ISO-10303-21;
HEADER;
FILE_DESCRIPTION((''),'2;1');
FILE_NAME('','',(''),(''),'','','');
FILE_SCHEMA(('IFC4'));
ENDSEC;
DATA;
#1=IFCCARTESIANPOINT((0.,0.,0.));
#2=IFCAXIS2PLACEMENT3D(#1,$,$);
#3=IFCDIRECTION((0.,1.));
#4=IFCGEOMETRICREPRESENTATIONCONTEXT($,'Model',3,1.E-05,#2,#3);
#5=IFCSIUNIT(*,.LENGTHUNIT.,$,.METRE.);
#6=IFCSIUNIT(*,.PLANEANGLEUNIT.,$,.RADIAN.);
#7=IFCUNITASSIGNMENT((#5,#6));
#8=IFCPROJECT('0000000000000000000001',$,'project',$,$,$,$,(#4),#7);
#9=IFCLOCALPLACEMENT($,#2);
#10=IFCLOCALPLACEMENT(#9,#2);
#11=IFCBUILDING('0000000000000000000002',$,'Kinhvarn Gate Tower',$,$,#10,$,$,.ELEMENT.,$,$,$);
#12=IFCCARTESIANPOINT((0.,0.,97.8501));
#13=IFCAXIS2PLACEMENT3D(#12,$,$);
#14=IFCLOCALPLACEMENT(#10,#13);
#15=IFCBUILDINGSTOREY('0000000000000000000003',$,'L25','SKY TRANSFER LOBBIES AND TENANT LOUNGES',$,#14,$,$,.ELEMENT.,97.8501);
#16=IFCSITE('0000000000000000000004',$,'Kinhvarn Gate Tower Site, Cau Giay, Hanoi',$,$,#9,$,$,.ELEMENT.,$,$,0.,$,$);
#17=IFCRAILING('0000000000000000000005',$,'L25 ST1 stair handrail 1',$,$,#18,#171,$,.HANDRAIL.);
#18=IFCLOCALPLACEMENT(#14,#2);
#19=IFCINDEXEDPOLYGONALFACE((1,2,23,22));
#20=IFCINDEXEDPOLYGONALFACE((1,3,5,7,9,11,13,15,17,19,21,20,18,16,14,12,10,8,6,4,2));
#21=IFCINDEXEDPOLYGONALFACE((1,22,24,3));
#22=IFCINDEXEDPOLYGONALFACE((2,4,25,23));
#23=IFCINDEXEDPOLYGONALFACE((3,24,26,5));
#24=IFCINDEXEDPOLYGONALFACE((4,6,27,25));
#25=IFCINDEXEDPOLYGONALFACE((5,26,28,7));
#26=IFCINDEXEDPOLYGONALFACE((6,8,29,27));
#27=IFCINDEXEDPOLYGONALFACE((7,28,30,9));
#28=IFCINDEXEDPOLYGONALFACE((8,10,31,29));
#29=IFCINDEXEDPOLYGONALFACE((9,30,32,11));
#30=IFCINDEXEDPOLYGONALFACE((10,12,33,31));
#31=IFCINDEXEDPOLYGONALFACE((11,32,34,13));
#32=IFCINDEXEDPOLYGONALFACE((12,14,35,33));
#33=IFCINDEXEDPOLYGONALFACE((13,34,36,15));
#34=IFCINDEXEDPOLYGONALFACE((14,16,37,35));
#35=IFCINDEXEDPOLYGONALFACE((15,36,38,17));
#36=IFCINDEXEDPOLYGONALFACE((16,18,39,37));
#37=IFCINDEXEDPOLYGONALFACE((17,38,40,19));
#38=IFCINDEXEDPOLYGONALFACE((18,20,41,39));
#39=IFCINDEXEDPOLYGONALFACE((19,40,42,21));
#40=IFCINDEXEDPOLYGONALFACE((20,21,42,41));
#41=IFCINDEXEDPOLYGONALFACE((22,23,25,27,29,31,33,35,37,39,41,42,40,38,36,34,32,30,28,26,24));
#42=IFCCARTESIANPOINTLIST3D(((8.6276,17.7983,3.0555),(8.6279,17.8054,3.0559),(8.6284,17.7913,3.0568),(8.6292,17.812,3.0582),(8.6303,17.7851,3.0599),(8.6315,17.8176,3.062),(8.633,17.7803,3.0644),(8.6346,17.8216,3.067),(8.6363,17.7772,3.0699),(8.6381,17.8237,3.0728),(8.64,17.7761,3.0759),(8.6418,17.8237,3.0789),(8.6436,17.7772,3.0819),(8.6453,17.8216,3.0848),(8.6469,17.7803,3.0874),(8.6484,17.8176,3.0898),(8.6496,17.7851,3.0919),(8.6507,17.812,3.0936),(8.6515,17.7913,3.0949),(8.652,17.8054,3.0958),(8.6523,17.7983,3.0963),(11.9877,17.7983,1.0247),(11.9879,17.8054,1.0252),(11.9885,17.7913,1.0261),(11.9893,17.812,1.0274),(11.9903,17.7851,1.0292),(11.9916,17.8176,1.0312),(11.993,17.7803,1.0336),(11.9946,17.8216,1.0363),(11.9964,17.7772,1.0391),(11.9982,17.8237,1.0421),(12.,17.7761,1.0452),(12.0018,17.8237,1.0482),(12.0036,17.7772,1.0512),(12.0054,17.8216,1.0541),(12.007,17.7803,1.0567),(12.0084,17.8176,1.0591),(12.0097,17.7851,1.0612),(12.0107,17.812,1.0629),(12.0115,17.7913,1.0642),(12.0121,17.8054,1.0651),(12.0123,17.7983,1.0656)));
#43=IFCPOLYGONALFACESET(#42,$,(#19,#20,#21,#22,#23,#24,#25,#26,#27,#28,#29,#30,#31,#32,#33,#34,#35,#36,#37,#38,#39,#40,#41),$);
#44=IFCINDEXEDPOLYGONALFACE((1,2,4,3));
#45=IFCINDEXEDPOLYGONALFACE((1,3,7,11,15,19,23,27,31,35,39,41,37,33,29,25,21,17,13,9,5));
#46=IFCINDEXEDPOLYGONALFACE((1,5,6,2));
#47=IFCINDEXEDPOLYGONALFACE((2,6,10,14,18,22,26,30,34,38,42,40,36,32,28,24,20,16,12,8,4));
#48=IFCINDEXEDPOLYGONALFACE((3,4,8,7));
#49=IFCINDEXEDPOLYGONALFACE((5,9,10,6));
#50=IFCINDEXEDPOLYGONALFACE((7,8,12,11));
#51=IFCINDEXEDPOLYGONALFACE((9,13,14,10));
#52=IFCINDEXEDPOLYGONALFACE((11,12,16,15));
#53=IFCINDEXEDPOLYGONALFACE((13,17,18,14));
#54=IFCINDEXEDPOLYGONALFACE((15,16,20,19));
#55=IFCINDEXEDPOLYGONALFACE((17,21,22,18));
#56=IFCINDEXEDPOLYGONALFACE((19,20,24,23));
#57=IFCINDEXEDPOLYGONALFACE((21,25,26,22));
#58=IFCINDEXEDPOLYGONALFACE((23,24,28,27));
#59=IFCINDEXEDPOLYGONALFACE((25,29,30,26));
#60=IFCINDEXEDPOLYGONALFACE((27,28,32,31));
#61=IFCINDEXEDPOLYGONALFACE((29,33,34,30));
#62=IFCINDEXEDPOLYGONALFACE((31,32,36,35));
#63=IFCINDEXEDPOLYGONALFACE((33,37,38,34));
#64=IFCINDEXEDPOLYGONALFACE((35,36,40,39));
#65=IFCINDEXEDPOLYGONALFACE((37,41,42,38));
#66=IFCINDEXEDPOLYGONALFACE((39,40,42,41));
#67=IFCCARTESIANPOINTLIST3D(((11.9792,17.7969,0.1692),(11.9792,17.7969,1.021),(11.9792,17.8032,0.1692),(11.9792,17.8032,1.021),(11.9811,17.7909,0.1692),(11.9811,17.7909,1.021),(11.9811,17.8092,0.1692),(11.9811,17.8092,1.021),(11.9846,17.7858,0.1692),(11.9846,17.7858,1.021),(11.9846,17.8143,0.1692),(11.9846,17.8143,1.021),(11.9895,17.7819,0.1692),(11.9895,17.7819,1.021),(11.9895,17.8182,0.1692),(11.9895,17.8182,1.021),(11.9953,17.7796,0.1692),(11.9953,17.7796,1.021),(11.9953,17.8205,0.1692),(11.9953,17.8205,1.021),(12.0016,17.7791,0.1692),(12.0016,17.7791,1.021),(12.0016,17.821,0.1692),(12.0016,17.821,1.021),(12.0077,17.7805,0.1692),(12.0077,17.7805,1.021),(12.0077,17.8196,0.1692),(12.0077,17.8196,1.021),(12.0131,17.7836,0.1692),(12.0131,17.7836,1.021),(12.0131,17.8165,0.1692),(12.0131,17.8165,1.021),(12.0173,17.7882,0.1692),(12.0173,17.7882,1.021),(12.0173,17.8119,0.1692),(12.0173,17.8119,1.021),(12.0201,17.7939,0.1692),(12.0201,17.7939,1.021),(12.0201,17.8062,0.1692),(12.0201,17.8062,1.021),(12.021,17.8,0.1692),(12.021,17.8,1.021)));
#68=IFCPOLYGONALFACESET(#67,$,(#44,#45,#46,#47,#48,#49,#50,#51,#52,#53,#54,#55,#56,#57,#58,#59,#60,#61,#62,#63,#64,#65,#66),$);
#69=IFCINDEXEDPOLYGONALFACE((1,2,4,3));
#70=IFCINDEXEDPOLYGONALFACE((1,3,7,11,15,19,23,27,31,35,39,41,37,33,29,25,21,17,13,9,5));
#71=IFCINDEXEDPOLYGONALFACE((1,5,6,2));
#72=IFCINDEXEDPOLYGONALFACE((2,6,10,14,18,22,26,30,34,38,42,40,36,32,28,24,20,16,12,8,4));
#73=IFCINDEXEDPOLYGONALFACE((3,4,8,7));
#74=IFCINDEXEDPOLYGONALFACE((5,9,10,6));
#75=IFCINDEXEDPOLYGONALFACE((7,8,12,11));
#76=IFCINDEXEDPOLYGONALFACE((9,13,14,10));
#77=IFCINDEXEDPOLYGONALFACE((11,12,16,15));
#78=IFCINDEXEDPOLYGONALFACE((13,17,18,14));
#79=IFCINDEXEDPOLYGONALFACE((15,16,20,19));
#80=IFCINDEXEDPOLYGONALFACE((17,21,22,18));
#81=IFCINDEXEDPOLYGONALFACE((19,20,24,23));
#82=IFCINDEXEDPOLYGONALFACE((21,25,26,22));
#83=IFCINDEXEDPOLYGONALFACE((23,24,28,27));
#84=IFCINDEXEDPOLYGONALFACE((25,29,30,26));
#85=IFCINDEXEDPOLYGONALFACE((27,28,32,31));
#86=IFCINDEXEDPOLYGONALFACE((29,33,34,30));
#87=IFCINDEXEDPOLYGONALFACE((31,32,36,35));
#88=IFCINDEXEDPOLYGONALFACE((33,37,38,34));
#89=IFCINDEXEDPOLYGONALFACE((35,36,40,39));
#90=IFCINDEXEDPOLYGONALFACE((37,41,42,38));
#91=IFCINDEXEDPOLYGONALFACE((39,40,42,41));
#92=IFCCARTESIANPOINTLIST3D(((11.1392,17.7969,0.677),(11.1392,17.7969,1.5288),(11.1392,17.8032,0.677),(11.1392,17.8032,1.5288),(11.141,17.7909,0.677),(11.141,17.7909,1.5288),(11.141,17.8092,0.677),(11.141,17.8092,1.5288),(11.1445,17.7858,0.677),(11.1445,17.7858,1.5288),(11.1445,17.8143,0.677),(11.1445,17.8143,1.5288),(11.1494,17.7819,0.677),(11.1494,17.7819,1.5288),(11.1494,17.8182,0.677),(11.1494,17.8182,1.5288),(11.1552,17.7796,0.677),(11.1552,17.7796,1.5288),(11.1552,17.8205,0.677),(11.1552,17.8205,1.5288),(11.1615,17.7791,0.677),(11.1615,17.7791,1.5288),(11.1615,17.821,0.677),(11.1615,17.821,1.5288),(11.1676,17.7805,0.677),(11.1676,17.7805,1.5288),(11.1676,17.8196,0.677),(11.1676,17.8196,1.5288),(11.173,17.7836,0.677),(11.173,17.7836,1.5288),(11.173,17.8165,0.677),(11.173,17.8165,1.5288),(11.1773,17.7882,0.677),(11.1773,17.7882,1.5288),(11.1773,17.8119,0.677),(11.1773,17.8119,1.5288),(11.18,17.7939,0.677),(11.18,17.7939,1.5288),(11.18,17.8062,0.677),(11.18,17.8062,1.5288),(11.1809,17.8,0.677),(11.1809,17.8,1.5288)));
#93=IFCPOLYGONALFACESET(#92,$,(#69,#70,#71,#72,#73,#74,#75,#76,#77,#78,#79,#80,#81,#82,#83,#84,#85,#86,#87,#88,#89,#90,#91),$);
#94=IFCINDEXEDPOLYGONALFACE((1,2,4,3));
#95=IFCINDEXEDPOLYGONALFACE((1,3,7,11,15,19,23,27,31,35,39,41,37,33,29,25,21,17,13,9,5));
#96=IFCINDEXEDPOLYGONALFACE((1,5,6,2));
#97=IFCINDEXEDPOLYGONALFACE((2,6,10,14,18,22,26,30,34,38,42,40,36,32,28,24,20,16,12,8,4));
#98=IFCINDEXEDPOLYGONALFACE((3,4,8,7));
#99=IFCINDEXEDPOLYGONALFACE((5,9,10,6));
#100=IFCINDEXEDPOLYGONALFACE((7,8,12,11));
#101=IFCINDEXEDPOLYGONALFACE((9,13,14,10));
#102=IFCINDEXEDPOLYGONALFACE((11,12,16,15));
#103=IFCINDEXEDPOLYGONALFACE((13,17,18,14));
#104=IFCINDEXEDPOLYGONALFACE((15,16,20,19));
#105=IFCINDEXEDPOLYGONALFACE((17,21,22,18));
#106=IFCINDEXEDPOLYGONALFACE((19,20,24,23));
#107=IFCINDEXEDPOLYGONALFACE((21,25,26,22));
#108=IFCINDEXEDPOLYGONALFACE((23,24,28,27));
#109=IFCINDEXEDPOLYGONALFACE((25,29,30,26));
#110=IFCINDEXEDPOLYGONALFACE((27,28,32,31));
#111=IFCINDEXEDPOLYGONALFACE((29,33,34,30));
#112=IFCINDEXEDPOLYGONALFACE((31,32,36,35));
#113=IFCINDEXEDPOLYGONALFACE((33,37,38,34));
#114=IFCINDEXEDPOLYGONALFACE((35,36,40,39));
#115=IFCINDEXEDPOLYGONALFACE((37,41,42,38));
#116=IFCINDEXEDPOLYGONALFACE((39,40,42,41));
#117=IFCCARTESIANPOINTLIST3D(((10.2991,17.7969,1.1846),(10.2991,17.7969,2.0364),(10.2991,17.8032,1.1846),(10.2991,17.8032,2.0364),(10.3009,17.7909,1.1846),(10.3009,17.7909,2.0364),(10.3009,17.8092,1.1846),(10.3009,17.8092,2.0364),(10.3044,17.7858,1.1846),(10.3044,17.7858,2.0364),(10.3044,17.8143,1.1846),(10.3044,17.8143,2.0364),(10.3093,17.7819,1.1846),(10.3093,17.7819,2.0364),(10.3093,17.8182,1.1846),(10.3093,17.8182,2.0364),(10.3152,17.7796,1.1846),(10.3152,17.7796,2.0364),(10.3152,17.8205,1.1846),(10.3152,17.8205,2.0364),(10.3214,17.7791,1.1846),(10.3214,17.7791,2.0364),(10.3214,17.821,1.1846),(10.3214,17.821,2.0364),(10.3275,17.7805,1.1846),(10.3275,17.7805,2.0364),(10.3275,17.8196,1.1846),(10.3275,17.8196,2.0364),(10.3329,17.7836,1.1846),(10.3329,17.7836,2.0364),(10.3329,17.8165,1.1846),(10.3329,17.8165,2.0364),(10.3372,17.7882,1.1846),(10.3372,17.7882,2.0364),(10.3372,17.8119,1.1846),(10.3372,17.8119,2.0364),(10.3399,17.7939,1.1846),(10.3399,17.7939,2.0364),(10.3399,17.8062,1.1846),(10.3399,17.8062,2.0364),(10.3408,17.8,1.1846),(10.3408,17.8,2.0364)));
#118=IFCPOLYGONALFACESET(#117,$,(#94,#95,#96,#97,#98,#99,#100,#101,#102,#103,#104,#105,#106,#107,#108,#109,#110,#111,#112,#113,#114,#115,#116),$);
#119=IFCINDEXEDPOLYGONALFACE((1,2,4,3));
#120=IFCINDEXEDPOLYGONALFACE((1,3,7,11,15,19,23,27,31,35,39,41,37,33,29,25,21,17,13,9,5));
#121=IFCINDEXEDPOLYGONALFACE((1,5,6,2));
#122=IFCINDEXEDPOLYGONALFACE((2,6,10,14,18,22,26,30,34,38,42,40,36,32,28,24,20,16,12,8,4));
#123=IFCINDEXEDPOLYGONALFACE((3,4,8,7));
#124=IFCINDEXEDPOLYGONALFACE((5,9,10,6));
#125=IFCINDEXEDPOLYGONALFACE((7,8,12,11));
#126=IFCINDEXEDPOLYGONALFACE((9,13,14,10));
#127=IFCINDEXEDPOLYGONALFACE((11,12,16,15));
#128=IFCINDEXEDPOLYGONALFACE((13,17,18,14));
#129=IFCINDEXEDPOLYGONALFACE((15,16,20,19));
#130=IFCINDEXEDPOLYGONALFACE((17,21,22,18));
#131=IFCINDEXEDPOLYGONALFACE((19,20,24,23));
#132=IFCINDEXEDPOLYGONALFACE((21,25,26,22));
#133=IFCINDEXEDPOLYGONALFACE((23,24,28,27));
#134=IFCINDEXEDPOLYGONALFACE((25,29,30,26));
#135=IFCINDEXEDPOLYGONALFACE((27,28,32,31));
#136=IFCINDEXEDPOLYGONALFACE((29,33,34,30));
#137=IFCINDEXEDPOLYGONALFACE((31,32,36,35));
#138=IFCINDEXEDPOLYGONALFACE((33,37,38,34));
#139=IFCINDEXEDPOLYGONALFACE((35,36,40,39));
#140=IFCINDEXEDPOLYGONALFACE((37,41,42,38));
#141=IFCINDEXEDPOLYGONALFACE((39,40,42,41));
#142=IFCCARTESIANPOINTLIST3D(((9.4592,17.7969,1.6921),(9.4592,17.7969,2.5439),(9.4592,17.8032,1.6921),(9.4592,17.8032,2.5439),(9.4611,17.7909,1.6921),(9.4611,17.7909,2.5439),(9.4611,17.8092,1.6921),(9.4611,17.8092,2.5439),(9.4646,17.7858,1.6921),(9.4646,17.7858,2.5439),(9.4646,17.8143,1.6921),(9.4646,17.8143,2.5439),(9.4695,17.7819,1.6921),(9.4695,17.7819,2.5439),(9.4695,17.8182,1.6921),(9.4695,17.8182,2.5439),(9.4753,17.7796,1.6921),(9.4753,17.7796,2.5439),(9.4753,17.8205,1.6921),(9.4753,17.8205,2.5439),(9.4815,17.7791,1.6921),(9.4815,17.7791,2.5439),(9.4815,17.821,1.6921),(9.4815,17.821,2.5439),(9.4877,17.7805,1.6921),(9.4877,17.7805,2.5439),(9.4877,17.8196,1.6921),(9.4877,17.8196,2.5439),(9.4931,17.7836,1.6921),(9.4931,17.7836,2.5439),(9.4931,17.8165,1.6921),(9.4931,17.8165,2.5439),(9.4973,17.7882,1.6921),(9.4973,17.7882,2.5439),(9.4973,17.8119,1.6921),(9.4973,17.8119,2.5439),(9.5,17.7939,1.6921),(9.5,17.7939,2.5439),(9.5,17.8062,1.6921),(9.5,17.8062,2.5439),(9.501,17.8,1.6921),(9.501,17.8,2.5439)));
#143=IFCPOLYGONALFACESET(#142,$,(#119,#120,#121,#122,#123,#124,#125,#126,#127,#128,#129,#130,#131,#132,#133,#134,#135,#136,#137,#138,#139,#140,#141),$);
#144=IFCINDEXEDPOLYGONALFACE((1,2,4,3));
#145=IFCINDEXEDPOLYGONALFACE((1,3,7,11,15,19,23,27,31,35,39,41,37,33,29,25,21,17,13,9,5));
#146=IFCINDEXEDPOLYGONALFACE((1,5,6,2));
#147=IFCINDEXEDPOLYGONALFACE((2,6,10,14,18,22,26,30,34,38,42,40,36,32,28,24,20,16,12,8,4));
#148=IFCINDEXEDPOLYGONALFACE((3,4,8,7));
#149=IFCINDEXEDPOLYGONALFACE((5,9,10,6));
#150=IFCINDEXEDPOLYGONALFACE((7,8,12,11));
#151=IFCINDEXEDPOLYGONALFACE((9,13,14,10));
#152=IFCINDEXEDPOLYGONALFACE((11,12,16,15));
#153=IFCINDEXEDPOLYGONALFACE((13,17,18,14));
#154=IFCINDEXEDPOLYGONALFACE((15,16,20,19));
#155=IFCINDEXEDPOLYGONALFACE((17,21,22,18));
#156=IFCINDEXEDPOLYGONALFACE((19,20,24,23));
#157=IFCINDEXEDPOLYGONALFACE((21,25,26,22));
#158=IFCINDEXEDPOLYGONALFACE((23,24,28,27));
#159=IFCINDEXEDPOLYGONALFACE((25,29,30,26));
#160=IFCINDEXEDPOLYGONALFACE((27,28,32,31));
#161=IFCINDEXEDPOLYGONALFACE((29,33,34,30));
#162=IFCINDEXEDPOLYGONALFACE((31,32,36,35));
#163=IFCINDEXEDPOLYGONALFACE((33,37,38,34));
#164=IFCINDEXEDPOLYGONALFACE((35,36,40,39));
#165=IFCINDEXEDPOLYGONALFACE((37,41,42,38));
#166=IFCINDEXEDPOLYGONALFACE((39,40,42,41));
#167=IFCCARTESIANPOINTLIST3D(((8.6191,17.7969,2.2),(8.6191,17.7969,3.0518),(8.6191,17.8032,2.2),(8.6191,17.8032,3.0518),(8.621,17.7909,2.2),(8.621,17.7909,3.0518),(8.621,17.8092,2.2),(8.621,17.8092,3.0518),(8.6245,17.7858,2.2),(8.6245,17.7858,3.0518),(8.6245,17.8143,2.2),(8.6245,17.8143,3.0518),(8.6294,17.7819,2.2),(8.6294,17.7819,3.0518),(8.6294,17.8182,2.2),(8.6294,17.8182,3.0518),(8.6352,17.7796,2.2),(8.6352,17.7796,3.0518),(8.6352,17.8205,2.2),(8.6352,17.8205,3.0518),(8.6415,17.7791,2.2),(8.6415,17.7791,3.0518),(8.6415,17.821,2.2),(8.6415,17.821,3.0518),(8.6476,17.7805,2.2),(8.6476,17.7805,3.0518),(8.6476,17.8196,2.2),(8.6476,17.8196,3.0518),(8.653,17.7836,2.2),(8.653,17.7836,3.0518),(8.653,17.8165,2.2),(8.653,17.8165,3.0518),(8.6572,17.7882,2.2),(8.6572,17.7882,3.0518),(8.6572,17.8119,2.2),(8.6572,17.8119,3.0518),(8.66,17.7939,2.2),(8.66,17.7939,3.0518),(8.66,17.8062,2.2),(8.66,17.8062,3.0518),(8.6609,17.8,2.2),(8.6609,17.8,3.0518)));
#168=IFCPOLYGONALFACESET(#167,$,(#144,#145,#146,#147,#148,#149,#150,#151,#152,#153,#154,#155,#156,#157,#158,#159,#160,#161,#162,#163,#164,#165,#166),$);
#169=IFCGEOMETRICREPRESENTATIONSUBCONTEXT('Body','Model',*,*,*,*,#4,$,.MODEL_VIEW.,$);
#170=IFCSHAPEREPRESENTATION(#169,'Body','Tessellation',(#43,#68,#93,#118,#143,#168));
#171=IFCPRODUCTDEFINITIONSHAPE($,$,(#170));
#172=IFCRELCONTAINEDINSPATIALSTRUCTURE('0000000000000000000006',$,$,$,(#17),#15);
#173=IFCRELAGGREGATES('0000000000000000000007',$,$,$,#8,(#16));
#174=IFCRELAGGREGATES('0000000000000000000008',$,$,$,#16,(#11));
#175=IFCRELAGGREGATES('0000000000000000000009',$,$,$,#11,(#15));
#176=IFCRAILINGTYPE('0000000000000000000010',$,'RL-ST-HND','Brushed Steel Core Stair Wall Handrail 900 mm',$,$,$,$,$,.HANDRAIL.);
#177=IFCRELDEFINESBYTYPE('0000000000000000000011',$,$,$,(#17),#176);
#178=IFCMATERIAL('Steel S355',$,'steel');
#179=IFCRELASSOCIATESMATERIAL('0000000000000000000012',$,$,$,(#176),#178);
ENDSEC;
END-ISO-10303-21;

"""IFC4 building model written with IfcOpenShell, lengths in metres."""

from ifc_helpers import new_model, si_unit, direction, frame, origin, origin_2d, place, context, subcontext, project, spatial, circle, extrude, material, type_object, element, save


model = new_model("IFC4")

# Units and contexts
model_context = context("Model", 3, precision=1e-05, world=origin(), true_north=direction((0.0, 1.0)))
body_context = subcontext(model_context, "Body", "Model", "MODEL_VIEW")
ifc_project = project(units=[si_unit("LENGTHUNIT", "METRE"), si_unit("PLANEANGLEUNIT", "RADIAN")], contexts=[model_context])

# Site, building, storey
site_placement = place(None, origin())
site = spatial("IfcSite", under=ifc_project, at=site_placement, Name="Kinhvarn Gate Tower Site, Cau Giay, Hanoi", CompositionType="ELEMENT", RefElevation=0.0)
building_placement = place(site_placement, origin())
building = spatial("IfcBuilding", under=site, at=building_placement, Name="Kinhvarn Gate Tower", CompositionType="ELEMENT")
storey_placement = place(building_placement, frame((0.0, 0.0, 97.8501)))
storey = spatial("IfcBuildingStorey", under=building, at=storey_placement, Name="L25", Description="SKY TRANSFER LOBBIES AND TENANT LOUNGES", CompositionType="ELEMENT", Elevation=97.8501)

# Shared definitions
ifc_material_1 = material(Name="Steel S355", Category="steel")

# Railing
railing_type_1 = type_object("IfcRailingType", Name="RL-ST-HND", Description="Brushed Steel Core Stair Wall Handrail 900 mm", PredefinedType="HANDRAIL", material=ifc_material_1)
railing_1_placement = place(storey_placement, frame((12.0, 17.8, 0.1692)))
element("IfcRailing", 1, at=railing_1_placement, inside=storey, type_object=railing_type_1, Name="L25 ST1 stair handrail 1", PredefinedType="HANDRAIL", context=body_context, shape_type="SweptSolid", body=[
    extrude(circle(Radius=0.0239, at=origin_2d()), frame((0.0, 0.0, 0.876), z_axis=(-0.855837, 0.0, 0.517246), x_axis=(0.0, -1.0, 0.0)), (0.0, 0.0, 1.0), 3.926),
    extrude(circle(Radius=0.021, at=origin_2d()), origin(), (0.0, 0.0, 1.0), 0.8518),
    extrude(circle(Radius=0.021, at=origin_2d()), frame((-0.8401, 0.0, 0.5078)), (0.0, 0.0, 1.0), 0.8518),
    extrude(circle(Radius=0.021, at=origin_2d()), frame((-1.6802, 0.0, 1.0154)), (0.0, 0.0, 1.0), 0.8518),
    extrude(circle(Radius=0.021, at=origin_2d()), frame((-2.52, 0.0, 1.5229)), (0.0, 0.0, 1.0), 0.8518),
    extrude(circle(Radius=0.021, at=origin_2d()), frame((-3.3601, 0.0, 2.0308)), (0.0, 0.0, 1.0), 0.8518),
])

save(model, "model.ifc")
